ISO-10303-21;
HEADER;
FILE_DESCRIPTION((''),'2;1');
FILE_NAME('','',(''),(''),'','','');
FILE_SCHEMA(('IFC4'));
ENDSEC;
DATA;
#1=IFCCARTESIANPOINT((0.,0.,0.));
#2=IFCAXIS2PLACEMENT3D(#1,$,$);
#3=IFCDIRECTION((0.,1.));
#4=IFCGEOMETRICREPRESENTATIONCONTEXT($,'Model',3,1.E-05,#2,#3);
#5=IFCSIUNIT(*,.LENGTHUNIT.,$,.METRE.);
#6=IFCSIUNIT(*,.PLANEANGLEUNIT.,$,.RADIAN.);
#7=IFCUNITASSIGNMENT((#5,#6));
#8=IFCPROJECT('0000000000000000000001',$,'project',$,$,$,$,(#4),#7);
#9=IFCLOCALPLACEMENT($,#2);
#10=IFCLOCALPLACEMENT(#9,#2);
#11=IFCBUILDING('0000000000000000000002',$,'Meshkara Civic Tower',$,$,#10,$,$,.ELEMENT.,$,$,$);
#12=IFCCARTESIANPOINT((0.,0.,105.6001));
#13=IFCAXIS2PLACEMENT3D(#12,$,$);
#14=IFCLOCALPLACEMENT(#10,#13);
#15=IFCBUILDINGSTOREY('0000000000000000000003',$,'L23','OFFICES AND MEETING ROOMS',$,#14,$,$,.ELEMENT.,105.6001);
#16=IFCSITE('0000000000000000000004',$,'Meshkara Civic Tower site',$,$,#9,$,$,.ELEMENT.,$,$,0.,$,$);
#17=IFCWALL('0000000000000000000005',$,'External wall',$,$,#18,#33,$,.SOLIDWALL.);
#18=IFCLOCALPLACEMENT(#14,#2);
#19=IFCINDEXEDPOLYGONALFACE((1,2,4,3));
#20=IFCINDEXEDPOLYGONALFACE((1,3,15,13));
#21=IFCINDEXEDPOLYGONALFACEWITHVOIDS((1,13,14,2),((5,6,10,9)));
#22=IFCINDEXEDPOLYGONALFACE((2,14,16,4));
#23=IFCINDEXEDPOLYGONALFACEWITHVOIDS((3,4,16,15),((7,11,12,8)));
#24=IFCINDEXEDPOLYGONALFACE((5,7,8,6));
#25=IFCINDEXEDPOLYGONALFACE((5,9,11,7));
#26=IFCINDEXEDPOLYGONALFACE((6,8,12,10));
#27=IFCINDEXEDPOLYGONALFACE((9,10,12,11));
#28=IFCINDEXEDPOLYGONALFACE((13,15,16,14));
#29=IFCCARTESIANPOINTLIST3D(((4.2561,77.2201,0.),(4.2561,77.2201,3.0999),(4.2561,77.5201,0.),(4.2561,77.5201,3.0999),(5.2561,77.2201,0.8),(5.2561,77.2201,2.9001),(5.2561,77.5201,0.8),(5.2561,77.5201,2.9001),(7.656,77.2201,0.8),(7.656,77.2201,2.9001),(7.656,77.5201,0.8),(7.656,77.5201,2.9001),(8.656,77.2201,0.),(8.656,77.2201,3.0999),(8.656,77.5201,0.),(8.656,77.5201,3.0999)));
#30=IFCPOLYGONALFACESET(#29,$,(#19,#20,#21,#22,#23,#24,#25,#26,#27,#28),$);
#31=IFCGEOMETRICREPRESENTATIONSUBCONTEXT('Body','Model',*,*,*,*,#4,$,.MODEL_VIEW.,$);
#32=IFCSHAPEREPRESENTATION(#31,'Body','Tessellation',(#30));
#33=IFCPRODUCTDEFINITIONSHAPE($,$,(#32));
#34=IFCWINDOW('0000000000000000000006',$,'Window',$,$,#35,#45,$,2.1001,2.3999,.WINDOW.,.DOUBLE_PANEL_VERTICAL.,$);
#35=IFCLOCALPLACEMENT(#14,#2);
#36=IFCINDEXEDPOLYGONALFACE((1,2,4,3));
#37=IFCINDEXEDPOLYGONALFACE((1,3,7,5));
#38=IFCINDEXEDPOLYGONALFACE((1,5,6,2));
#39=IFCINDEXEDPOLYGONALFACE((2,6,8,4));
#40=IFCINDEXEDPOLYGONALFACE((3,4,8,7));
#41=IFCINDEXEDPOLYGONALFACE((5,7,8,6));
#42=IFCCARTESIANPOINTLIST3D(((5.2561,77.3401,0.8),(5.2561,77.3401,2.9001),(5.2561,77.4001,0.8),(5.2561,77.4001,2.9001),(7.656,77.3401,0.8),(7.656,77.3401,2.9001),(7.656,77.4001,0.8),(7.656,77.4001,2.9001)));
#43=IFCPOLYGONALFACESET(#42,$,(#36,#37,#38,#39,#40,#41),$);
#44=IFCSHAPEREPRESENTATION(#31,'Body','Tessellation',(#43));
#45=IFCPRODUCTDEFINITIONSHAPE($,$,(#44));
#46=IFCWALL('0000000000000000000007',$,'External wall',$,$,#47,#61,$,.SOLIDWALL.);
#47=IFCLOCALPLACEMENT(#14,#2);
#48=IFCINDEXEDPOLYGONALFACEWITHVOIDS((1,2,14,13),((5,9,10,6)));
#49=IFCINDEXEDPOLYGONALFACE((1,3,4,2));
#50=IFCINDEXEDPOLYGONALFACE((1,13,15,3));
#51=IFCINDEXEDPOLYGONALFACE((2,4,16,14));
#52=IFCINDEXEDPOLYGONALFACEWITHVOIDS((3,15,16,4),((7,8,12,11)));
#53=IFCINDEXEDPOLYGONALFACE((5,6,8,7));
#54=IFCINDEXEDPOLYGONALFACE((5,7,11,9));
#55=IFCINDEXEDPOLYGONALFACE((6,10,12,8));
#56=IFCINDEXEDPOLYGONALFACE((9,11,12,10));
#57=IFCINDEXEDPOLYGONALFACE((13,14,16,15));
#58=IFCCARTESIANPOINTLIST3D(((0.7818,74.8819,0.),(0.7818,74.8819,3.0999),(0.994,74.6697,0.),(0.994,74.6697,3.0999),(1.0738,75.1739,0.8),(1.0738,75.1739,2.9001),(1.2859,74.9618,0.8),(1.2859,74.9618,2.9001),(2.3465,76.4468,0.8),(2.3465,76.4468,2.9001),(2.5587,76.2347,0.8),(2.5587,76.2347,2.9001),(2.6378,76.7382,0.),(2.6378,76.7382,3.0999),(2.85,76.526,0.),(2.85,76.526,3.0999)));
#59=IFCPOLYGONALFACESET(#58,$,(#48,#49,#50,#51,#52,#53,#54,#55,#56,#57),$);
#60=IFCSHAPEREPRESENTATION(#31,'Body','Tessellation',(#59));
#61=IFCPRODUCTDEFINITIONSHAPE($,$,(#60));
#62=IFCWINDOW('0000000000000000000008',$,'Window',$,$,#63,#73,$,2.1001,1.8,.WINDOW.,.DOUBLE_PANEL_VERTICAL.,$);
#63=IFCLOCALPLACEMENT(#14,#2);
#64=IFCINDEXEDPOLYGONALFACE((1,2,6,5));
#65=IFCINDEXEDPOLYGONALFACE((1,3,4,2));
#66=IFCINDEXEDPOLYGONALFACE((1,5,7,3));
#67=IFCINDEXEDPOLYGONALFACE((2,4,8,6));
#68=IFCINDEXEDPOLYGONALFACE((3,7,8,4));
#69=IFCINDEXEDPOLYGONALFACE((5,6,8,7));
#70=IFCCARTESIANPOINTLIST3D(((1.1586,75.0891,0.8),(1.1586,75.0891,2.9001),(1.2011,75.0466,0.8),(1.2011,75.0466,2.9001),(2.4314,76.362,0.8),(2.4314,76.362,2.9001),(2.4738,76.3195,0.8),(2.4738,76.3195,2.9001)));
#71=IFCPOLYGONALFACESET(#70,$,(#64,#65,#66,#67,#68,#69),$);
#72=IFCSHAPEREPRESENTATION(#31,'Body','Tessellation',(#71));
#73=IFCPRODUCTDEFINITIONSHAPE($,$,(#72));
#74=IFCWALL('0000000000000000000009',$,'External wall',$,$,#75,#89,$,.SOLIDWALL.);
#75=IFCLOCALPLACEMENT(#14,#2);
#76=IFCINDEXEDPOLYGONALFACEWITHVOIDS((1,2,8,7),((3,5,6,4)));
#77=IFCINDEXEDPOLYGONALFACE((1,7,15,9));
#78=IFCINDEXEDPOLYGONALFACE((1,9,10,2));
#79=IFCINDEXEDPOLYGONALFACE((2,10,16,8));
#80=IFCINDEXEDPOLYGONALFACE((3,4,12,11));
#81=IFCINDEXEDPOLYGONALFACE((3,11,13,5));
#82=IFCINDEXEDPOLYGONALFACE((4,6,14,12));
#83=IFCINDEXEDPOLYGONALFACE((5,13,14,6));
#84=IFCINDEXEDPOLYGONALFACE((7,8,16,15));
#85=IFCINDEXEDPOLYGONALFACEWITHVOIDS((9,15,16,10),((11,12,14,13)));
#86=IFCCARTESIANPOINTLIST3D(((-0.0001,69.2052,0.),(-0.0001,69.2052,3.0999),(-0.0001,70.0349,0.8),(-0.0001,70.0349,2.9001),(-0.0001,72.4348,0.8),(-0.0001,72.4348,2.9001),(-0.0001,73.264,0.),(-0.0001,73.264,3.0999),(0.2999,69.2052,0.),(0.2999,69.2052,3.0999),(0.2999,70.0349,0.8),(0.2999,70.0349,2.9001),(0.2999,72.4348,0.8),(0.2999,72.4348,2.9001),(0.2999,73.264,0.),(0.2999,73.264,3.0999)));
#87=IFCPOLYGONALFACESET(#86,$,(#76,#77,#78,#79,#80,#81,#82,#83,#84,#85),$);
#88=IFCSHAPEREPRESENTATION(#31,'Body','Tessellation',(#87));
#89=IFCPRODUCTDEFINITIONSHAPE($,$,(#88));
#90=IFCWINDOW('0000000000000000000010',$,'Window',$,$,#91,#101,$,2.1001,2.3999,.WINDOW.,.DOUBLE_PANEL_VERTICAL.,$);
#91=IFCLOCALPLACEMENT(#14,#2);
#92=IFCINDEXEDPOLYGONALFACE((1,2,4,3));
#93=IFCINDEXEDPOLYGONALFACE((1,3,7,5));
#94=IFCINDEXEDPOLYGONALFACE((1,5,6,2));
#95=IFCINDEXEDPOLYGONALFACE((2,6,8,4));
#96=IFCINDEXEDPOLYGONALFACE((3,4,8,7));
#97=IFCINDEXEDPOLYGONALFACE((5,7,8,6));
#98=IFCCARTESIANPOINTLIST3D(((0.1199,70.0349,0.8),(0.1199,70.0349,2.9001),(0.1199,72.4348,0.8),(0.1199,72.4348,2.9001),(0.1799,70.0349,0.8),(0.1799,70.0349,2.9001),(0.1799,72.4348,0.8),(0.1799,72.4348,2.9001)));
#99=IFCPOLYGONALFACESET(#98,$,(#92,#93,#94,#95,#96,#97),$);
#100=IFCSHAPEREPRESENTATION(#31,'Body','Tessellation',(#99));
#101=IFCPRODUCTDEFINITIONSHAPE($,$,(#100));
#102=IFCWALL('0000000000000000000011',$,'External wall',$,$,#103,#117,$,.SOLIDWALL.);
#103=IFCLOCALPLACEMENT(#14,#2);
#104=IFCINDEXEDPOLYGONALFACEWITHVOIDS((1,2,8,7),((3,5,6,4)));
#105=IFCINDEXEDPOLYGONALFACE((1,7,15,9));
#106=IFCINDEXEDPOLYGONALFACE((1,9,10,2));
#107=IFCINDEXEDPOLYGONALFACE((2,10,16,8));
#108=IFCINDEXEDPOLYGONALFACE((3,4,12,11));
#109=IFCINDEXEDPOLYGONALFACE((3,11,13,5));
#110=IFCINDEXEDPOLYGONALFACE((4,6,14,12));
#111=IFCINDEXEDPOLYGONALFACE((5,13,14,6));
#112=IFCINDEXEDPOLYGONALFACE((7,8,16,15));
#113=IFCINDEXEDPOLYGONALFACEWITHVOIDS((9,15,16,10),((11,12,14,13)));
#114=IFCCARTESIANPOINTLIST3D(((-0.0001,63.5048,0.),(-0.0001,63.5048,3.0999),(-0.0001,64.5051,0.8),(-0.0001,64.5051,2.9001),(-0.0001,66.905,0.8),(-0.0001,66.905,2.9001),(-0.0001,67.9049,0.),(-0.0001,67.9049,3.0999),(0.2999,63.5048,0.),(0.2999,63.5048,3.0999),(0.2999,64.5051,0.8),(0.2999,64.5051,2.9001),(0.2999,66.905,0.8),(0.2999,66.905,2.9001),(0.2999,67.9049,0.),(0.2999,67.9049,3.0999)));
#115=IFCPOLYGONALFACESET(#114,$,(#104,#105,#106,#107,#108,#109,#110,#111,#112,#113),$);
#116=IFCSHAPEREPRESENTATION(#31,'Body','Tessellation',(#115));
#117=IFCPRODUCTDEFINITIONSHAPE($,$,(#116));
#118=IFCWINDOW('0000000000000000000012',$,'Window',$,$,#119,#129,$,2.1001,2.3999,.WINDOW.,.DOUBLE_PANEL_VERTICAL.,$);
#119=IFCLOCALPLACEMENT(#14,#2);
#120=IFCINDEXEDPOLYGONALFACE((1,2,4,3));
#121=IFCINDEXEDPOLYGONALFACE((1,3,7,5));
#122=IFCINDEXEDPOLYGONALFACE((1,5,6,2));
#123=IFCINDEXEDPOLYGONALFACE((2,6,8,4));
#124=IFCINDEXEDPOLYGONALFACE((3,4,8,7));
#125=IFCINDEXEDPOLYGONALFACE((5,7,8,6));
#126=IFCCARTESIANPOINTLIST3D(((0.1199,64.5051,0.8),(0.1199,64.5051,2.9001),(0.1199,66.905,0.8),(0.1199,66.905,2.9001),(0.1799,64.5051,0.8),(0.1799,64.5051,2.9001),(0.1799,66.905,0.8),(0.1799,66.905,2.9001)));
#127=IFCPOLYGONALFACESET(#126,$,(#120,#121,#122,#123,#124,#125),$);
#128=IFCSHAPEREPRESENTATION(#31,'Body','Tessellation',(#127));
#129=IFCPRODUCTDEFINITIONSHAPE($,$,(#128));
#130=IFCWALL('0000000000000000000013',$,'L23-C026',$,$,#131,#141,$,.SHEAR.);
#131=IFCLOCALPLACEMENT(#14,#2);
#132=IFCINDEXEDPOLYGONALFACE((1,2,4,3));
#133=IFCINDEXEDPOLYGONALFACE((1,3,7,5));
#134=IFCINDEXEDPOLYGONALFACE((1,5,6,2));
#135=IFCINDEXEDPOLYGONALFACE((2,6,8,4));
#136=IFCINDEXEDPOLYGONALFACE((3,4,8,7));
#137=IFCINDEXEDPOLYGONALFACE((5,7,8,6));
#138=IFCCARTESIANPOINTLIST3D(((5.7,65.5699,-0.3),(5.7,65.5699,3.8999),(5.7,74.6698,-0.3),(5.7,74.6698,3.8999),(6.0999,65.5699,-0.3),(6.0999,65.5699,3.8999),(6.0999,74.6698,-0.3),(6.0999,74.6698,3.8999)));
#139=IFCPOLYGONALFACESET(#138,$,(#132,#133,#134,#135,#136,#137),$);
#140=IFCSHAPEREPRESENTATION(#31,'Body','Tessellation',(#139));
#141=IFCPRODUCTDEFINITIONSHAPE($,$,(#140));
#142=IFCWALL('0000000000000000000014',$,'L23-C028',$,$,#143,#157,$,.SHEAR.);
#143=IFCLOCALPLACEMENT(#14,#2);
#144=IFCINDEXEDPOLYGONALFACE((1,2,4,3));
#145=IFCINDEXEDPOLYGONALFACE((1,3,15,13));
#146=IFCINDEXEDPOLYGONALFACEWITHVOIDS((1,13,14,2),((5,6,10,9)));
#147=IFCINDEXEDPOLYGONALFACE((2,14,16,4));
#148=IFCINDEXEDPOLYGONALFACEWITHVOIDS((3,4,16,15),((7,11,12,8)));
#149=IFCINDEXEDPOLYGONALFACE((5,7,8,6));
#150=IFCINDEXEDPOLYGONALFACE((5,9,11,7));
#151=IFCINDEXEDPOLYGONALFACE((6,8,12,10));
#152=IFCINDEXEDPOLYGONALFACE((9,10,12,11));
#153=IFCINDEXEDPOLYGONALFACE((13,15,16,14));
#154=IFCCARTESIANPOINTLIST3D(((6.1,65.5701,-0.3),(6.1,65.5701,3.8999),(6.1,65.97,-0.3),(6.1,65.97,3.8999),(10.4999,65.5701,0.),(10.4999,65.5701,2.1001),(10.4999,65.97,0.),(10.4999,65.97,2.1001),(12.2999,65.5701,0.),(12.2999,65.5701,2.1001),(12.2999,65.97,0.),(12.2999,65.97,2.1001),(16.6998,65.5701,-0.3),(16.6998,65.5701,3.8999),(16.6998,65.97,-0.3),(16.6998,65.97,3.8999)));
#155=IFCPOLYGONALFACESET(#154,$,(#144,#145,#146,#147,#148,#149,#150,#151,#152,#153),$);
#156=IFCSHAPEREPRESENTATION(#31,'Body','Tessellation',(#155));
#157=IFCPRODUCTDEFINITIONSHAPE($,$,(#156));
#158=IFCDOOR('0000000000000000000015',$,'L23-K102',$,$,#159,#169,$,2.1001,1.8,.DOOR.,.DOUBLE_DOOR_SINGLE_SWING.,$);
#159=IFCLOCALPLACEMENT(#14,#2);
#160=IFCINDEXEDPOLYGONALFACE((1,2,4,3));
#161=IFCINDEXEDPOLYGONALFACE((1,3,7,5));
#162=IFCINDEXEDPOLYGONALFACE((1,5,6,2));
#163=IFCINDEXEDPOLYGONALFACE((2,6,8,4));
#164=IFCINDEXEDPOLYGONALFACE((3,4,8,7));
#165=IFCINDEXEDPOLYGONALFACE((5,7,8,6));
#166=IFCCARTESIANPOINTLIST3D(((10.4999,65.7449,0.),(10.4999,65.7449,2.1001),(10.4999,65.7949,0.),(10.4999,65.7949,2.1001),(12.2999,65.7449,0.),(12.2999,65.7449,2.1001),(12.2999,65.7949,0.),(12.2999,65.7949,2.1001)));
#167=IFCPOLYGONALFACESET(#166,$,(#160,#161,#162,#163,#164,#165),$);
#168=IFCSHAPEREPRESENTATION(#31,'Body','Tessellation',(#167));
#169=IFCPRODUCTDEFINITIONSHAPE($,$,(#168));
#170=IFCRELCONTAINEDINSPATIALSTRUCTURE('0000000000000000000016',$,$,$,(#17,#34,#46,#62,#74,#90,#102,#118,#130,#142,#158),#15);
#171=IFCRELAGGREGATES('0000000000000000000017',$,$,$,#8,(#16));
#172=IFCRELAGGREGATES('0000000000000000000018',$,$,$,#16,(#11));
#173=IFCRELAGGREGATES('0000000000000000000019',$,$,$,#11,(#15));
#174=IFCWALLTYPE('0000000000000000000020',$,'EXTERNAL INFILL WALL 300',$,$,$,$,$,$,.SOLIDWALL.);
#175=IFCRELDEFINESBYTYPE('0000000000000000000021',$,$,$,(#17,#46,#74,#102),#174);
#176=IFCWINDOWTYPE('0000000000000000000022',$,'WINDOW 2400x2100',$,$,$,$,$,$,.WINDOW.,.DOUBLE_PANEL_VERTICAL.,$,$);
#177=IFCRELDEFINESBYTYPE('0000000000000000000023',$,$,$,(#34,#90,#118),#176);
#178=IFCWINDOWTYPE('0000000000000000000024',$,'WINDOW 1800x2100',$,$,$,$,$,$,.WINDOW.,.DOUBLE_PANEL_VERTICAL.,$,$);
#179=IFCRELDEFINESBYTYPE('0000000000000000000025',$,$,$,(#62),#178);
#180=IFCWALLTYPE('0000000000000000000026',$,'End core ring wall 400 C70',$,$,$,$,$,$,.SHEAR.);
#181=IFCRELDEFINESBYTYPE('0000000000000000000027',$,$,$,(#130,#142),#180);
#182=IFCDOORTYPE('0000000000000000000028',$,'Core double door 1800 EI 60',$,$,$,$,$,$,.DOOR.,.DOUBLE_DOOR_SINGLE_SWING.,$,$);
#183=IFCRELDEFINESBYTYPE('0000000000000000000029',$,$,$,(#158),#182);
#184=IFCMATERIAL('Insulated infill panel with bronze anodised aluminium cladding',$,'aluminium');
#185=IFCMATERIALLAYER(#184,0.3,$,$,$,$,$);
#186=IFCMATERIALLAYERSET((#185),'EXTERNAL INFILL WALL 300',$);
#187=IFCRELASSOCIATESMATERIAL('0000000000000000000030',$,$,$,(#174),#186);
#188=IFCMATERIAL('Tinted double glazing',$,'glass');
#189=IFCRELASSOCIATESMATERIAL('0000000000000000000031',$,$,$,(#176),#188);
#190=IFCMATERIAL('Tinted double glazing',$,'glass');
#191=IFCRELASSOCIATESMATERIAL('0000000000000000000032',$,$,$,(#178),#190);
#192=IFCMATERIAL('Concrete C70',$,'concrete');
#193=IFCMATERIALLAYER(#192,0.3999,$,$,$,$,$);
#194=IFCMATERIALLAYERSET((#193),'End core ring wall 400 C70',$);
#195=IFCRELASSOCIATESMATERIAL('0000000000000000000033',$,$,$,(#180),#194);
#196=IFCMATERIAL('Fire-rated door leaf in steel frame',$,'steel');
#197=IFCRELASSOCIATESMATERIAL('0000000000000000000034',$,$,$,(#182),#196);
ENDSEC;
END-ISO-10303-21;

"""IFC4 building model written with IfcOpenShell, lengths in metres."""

from ifc_helpers import new_model, si_unit, direction, frame, frame_2d, origin, place, context, subcontext, project, spatial, rectangle, extrude, material, layer, layer_set, type_object, element, fill, save


model = new_model("IFC4")

# Units and contexts
model_context = context("Model", 3, precision=1e-05, world=origin(), true_north=direction((0.0, 1.0)))
body_context = subcontext(model_context, "Body", "Model", "MODEL_VIEW")
ifc_project = project(units=[si_unit("LENGTHUNIT", "METRE"), si_unit("PLANEANGLEUNIT", "RADIAN")], contexts=[model_context])

# Site, building, storey
site_placement = place(None, origin())
site = spatial("IfcSite", under=ifc_project, at=site_placement, Name="Meshkara Civic Tower site", CompositionType="ELEMENT", RefElevation=0.0)
building_placement = place(site_placement, origin())
building = spatial("IfcBuilding", under=site, at=building_placement, Name="Meshkara Civic Tower", CompositionType="ELEMENT")
storey_placement = place(building_placement, frame((0.0, 0.0, 105.6001)))
storey = spatial("IfcBuildingStorey", under=building, at=storey_placement, Name="L23", Description="OFFICES AND MEETING ROOMS", CompositionType="ELEMENT", Elevation=105.6001)

# Walls, openings, windows
ifc_material_1 = material(Name="Insulated infill panel with bronze anodised aluminium cladding", Category="aluminium")
ifc_layer_1 = layer(ifc_material_1, 0.3)
ifc_layer_set_1 = layer_set([ifc_layer_1], Name="EXTERNAL INFILL WALL 300")
wall_type_1 = type_object("IfcWallType", Name="EXTERNAL INFILL WALL 300", PredefinedType="SOLIDWALL", material=ifc_layer_set_1)
wall_1_placement = place(storey_placement, frame((8.656, 77.3701, 0.0), z_axis=(0.0, 0.0, 1.0), x_axis=(-1.0, 0.0, 0.0)))
wall_1 = element("IfcWall", 1, at=wall_1_placement, inside=storey, type_object=wall_type_1, Name="External wall", PredefinedType="SOLIDWALL", context=body_context, shape_type="SweptSolid", body=[
    extrude(rectangle(XDim=4.3999, YDim=0.3, at=frame_2d((2.2, 0.0))), origin(), (0.0, 0.0, 1.0), 3.0999),
])
opening_1_placement = place(wall_1_placement, frame((1.0, 0.0, 0.8)))
opening_1 = element("IfcOpeningElement", 2, at=opening_1_placement, cuts=wall_1, PredefinedType="OPENING", context=body_context, shape_type="SweptSolid", body=[
    extrude(rectangle(XDim=2.3999, YDim=2.1001, at=frame_2d((1.2, 1.05))), frame((0.0, 0.1599, 0.0), z_axis=(0.0, -1.0, 0.0), x_axis=(1.0, 0.0, 0.0)), (0.0, 0.0, 1.0), 0.3201),
])
ifc_material_2 = material(Name="Tinted double glazing", Category="glass")
window_type_1 = type_object("IfcWindowType", Name="WINDOW 2400x2100", PartitioningType="DOUBLE_PANEL_VERTICAL", PredefinedType="WINDOW", material=ifc_material_2)
window_1_placement = place(opening_1_placement, origin())
window_1 = element("IfcWindow", 3, at=window_1_placement, inside=storey, type_object=window_type_1, Name="Window", OverallHeight=2.1001, OverallWidth=2.3999, PartitioningType="DOUBLE_PANEL_VERTICAL", PredefinedType="WINDOW", context=body_context, shape_type="SweptSolid", body=[
    extrude(rectangle(XDim=2.3999, YDim=2.1001, at=frame_2d((1.2, 1.05))), frame((0.0, 0.03, 0.0), z_axis=(0.0, -1.0, 0.0), x_axis=(1.0, 0.0, 0.0)), (0.0, 0.0, 1.0), 0.0601),
])
fill(opening_1, window_1)
wall_2_placement = place(storey_placement, frame((2.7439, 76.6321, 0.0), z_axis=(0.0, 0.0, 1.0), x_axis=(-0.70706, -0.707153, 0.0)))
wall_2 = element("IfcWall", 4, at=wall_2_placement, inside=storey, type_object=wall_type_1, Name="External wall", PredefinedType="SOLIDWALL", context=body_context, shape_type="SweptSolid", body=[
    extrude(rectangle(XDim=2.625, YDim=0.3, at=frame_2d((1.3125, 0.0))), origin(), (0.0, 0.0, 1.0), 3.0999),
])
opening_2_placement = place(wall_2_placement, frame((0.4121, 0.0, 0.8)))
opening_2 = element("IfcOpeningElement", 5, at=opening_2_placement, cuts=wall_2, PredefinedType="OPENING", context=body_context, shape_type="SweptSolid", body=[
    extrude(rectangle(XDim=1.8, YDim=2.1001, at=frame_2d((0.8999, 1.05))), frame((0.0, 0.1599, 0.0), z_axis=(0.0, -1.0, 0.0), x_axis=(1.0, 0.0, 0.0)), (0.0, 0.0, 1.0), 0.3201),
])
ifc_material_3 = material(Name="Tinted double glazing", Category="glass")
window_type_2 = type_object("IfcWindowType", Name="WINDOW 1800x2100", PartitioningType="DOUBLE_PANEL_VERTICAL", PredefinedType="WINDOW", material=ifc_material_3)
window_2_placement = place(opening_2_placement, origin())
window_2 = element("IfcWindow", 6, at=window_2_placement, inside=storey, type_object=window_type_2, Name="Window", OverallHeight=2.1001, OverallWidth=1.8, PartitioningType="DOUBLE_PANEL_VERTICAL", PredefinedType="WINDOW", context=body_context, shape_type="SweptSolid", body=[
    extrude(rectangle(XDim=1.8, YDim=2.1001, at=frame_2d((0.8999, 1.05))), frame((0.0, 0.03, 0.0), z_axis=(0.0, -1.0, 0.0), x_axis=(1.0, 0.0, 0.0)), (0.0, 0.0, 1.0), 0.0601),
])
fill(opening_2, window_2)
wall_3_placement = place(storey_placement, frame((0.1499, 73.2639, 0.0), z_axis=(0.0, 0.0, 1.0), x_axis=(0.0, -1.0, 0.0)))
wall_3 = element("IfcWall", 7, at=wall_3_placement, inside=storey, type_object=wall_type_1, Name="External wall", PredefinedType="SOLIDWALL", context=body_context, shape_type="SweptSolid", body=[
    extrude(rectangle(XDim=4.0588, YDim=0.3, at=frame_2d((2.0293, 0.0))), origin(), (0.0, 0.0, 1.0), 3.0999),
])
opening_3_placement = place(wall_3_placement, frame((0.8291, 0.0, 0.8)))
opening_3 = element("IfcOpeningElement", 8, at=opening_3_placement, cuts=wall_3, PredefinedType="OPENING", context=body_context, shape_type="SweptSolid", body=[
    extrude(rectangle(XDim=2.3999, YDim=2.1001, at=frame_2d((1.2, 1.05))), frame((0.0, 0.1599, 0.0), z_axis=(0.0, -1.0, 0.0), x_axis=(1.0, 0.0, 0.0)), (0.0, 0.0, 1.0), 0.3201),
])
window_3_placement = place(opening_3_placement, origin())
window_3 = element("IfcWindow", 9, at=window_3_placement, inside=storey, type_object=window_type_1, Name="Window", OverallHeight=2.1001, OverallWidth=2.3999, PartitioningType="DOUBLE_PANEL_VERTICAL", PredefinedType="WINDOW", context=body_context, shape_type="SweptSolid", body=[
    extrude(rectangle(XDim=2.3999, YDim=2.1001, at=frame_2d((1.2, 1.05))), frame((0.0, 0.03, 0.0), z_axis=(0.0, -1.0, 0.0), x_axis=(1.0, 0.0, 0.0)), (0.0, 0.0, 1.0), 0.0601),
])
fill(opening_3, window_3)
wall_4_placement = place(storey_placement, frame((0.1499, 67.905, 0.0), z_axis=(0.0, 0.0, 1.0), x_axis=(0.0, -1.0, 0.0)))
wall_4 = element("IfcWall", 10, at=wall_4_placement, inside=storey, type_object=wall_type_1, Name="External wall", PredefinedType="SOLIDWALL", context=body_context, shape_type="SweptSolid", body=[
    extrude(rectangle(XDim=4.4001, YDim=0.3, at=frame_2d((2.2002, 0.0))), origin(), (0.0, 0.0, 1.0), 3.0999),
])
opening_4_placement = place(wall_4_placement, frame((1.0, 0.0, 0.8)))
opening_4 = element("IfcOpeningElement", 11, at=opening_4_placement, cuts=wall_4, PredefinedType="OPENING", context=body_context, shape_type="SweptSolid", body=[
    extrude(rectangle(XDim=2.3999, YDim=2.1001, at=frame_2d((1.2, 1.05))), frame((0.0, 0.1599, 0.0), z_axis=(0.0, -1.0, 0.0), x_axis=(1.0, 0.0, 0.0)), (0.0, 0.0, 1.0), 0.3201),
])
window_4_placement = place(opening_4_placement, origin())
window_4 = element("IfcWindow", 12, at=window_4_placement, inside=storey, type_object=window_type_1, Name="Window", OverallHeight=2.1001, OverallWidth=2.3999, PartitioningType="DOUBLE_PANEL_VERTICAL", PredefinedType="WINDOW", context=body_context, shape_type="SweptSolid", body=[
    extrude(rectangle(XDim=2.3999, YDim=2.1001, at=frame_2d((1.2, 1.05))), frame((0.0, 0.03, 0.0), z_axis=(0.0, -1.0, 0.0), x_axis=(1.0, 0.0, 0.0)), (0.0, 0.0, 1.0), 0.0601),
])
fill(opening_4, window_4)

# Wall
ifc_material_4 = material(Name="Concrete C70", Category="concrete")
ifc_layer_2 = layer(ifc_material_4, 0.3999)
ifc_layer_set_2 = layer_set([ifc_layer_2], Name="End core ring wall 400 C70")
wall_type_2 = type_object("IfcWallType", Name="End core ring wall 400 C70", PredefinedType="SHEAR", material=ifc_layer_set_2)
wall_5_placement = place(storey_placement, frame((5.8999, 65.5701, -0.3), z_axis=(0.0, 0.0, 1.0), x_axis=(0.0, 1.0, 0.0)))
element("IfcWall", 13, at=wall_5_placement, inside=storey, type_object=wall_type_2, Name="L23-C026", PredefinedType="SHEAR", context=body_context, shape_type="SweptSolid", body=[
    extrude(rectangle(XDim=9.0999, YDim=0.3999, at=frame_2d((4.5498, 0.0))), origin(), (0.0, 0.0, 1.0), 4.2),
])

# Wall, opening, door
wall_6_placement = place(storey_placement, frame((6.1001, 65.77, -0.3), z_axis=(0.0, 0.0, 1.0), x_axis=(1.0, 0.0, 0.0)))
wall_6 = element("IfcWall", 14, at=wall_6_placement, inside=storey, type_object=wall_type_2, Name="L23-C028", PredefinedType="SHEAR", context=body_context, shape_type="SweptSolid", body=[
    extrude(rectangle(XDim=10.5999, YDim=0.3999, at=frame_2d((5.2998, 0.0))), origin(), (0.0, 0.0, 1.0), 4.2),
])
opening_5_placement = place(wall_6_placement, frame((4.3999, 0.0, 0.3)))
opening_5 = element("IfcOpeningElement", 15, at=opening_5_placement, cuts=wall_6, PredefinedType="OPENING", context=body_context, shape_type="SweptSolid", body=[
    extrude(rectangle(XDim=1.8, YDim=2.1001, at=frame_2d((0.8999, 1.05))), frame((0.0, 0.21, 0.0), z_axis=(0.0, -1.0, 0.0), x_axis=(1.0, 0.0, 0.0)), (0.0, 0.0, 1.0), 0.4199),
])
ifc_material_5 = material(Name="Fire-rated door leaf in steel frame", Category="steel")
door_type_1 = type_object("IfcDoorType", Name="Core double door 1800 EI 60", OperationType="DOUBLE_DOOR_SINGLE_SWING", PredefinedType="DOOR", material=ifc_material_5)
door_1_placement = place(opening_5_placement, origin())
door_1 = element("IfcDoor", 16, at=door_1_placement, inside=storey, type_object=door_type_1, Name="L23-K102", OperationType="DOUBLE_DOOR_SINGLE_SWING", OverallHeight=2.1001, OverallWidth=1.8, PredefinedType="DOOR", context=body_context, shape_type="SweptSolid", body=[
    extrude(rectangle(XDim=1.8, YDim=2.1001, at=frame_2d((0.8999, 1.05))), frame((0.0, 0.0249, 0.0), z_axis=(0.0, -1.0, 0.0), x_axis=(1.0, 0.0, 0.0)), (0.0, 0.0, 1.0), 0.05),
])
fill(opening_5, door_1)

save(model, "model.ifc")
